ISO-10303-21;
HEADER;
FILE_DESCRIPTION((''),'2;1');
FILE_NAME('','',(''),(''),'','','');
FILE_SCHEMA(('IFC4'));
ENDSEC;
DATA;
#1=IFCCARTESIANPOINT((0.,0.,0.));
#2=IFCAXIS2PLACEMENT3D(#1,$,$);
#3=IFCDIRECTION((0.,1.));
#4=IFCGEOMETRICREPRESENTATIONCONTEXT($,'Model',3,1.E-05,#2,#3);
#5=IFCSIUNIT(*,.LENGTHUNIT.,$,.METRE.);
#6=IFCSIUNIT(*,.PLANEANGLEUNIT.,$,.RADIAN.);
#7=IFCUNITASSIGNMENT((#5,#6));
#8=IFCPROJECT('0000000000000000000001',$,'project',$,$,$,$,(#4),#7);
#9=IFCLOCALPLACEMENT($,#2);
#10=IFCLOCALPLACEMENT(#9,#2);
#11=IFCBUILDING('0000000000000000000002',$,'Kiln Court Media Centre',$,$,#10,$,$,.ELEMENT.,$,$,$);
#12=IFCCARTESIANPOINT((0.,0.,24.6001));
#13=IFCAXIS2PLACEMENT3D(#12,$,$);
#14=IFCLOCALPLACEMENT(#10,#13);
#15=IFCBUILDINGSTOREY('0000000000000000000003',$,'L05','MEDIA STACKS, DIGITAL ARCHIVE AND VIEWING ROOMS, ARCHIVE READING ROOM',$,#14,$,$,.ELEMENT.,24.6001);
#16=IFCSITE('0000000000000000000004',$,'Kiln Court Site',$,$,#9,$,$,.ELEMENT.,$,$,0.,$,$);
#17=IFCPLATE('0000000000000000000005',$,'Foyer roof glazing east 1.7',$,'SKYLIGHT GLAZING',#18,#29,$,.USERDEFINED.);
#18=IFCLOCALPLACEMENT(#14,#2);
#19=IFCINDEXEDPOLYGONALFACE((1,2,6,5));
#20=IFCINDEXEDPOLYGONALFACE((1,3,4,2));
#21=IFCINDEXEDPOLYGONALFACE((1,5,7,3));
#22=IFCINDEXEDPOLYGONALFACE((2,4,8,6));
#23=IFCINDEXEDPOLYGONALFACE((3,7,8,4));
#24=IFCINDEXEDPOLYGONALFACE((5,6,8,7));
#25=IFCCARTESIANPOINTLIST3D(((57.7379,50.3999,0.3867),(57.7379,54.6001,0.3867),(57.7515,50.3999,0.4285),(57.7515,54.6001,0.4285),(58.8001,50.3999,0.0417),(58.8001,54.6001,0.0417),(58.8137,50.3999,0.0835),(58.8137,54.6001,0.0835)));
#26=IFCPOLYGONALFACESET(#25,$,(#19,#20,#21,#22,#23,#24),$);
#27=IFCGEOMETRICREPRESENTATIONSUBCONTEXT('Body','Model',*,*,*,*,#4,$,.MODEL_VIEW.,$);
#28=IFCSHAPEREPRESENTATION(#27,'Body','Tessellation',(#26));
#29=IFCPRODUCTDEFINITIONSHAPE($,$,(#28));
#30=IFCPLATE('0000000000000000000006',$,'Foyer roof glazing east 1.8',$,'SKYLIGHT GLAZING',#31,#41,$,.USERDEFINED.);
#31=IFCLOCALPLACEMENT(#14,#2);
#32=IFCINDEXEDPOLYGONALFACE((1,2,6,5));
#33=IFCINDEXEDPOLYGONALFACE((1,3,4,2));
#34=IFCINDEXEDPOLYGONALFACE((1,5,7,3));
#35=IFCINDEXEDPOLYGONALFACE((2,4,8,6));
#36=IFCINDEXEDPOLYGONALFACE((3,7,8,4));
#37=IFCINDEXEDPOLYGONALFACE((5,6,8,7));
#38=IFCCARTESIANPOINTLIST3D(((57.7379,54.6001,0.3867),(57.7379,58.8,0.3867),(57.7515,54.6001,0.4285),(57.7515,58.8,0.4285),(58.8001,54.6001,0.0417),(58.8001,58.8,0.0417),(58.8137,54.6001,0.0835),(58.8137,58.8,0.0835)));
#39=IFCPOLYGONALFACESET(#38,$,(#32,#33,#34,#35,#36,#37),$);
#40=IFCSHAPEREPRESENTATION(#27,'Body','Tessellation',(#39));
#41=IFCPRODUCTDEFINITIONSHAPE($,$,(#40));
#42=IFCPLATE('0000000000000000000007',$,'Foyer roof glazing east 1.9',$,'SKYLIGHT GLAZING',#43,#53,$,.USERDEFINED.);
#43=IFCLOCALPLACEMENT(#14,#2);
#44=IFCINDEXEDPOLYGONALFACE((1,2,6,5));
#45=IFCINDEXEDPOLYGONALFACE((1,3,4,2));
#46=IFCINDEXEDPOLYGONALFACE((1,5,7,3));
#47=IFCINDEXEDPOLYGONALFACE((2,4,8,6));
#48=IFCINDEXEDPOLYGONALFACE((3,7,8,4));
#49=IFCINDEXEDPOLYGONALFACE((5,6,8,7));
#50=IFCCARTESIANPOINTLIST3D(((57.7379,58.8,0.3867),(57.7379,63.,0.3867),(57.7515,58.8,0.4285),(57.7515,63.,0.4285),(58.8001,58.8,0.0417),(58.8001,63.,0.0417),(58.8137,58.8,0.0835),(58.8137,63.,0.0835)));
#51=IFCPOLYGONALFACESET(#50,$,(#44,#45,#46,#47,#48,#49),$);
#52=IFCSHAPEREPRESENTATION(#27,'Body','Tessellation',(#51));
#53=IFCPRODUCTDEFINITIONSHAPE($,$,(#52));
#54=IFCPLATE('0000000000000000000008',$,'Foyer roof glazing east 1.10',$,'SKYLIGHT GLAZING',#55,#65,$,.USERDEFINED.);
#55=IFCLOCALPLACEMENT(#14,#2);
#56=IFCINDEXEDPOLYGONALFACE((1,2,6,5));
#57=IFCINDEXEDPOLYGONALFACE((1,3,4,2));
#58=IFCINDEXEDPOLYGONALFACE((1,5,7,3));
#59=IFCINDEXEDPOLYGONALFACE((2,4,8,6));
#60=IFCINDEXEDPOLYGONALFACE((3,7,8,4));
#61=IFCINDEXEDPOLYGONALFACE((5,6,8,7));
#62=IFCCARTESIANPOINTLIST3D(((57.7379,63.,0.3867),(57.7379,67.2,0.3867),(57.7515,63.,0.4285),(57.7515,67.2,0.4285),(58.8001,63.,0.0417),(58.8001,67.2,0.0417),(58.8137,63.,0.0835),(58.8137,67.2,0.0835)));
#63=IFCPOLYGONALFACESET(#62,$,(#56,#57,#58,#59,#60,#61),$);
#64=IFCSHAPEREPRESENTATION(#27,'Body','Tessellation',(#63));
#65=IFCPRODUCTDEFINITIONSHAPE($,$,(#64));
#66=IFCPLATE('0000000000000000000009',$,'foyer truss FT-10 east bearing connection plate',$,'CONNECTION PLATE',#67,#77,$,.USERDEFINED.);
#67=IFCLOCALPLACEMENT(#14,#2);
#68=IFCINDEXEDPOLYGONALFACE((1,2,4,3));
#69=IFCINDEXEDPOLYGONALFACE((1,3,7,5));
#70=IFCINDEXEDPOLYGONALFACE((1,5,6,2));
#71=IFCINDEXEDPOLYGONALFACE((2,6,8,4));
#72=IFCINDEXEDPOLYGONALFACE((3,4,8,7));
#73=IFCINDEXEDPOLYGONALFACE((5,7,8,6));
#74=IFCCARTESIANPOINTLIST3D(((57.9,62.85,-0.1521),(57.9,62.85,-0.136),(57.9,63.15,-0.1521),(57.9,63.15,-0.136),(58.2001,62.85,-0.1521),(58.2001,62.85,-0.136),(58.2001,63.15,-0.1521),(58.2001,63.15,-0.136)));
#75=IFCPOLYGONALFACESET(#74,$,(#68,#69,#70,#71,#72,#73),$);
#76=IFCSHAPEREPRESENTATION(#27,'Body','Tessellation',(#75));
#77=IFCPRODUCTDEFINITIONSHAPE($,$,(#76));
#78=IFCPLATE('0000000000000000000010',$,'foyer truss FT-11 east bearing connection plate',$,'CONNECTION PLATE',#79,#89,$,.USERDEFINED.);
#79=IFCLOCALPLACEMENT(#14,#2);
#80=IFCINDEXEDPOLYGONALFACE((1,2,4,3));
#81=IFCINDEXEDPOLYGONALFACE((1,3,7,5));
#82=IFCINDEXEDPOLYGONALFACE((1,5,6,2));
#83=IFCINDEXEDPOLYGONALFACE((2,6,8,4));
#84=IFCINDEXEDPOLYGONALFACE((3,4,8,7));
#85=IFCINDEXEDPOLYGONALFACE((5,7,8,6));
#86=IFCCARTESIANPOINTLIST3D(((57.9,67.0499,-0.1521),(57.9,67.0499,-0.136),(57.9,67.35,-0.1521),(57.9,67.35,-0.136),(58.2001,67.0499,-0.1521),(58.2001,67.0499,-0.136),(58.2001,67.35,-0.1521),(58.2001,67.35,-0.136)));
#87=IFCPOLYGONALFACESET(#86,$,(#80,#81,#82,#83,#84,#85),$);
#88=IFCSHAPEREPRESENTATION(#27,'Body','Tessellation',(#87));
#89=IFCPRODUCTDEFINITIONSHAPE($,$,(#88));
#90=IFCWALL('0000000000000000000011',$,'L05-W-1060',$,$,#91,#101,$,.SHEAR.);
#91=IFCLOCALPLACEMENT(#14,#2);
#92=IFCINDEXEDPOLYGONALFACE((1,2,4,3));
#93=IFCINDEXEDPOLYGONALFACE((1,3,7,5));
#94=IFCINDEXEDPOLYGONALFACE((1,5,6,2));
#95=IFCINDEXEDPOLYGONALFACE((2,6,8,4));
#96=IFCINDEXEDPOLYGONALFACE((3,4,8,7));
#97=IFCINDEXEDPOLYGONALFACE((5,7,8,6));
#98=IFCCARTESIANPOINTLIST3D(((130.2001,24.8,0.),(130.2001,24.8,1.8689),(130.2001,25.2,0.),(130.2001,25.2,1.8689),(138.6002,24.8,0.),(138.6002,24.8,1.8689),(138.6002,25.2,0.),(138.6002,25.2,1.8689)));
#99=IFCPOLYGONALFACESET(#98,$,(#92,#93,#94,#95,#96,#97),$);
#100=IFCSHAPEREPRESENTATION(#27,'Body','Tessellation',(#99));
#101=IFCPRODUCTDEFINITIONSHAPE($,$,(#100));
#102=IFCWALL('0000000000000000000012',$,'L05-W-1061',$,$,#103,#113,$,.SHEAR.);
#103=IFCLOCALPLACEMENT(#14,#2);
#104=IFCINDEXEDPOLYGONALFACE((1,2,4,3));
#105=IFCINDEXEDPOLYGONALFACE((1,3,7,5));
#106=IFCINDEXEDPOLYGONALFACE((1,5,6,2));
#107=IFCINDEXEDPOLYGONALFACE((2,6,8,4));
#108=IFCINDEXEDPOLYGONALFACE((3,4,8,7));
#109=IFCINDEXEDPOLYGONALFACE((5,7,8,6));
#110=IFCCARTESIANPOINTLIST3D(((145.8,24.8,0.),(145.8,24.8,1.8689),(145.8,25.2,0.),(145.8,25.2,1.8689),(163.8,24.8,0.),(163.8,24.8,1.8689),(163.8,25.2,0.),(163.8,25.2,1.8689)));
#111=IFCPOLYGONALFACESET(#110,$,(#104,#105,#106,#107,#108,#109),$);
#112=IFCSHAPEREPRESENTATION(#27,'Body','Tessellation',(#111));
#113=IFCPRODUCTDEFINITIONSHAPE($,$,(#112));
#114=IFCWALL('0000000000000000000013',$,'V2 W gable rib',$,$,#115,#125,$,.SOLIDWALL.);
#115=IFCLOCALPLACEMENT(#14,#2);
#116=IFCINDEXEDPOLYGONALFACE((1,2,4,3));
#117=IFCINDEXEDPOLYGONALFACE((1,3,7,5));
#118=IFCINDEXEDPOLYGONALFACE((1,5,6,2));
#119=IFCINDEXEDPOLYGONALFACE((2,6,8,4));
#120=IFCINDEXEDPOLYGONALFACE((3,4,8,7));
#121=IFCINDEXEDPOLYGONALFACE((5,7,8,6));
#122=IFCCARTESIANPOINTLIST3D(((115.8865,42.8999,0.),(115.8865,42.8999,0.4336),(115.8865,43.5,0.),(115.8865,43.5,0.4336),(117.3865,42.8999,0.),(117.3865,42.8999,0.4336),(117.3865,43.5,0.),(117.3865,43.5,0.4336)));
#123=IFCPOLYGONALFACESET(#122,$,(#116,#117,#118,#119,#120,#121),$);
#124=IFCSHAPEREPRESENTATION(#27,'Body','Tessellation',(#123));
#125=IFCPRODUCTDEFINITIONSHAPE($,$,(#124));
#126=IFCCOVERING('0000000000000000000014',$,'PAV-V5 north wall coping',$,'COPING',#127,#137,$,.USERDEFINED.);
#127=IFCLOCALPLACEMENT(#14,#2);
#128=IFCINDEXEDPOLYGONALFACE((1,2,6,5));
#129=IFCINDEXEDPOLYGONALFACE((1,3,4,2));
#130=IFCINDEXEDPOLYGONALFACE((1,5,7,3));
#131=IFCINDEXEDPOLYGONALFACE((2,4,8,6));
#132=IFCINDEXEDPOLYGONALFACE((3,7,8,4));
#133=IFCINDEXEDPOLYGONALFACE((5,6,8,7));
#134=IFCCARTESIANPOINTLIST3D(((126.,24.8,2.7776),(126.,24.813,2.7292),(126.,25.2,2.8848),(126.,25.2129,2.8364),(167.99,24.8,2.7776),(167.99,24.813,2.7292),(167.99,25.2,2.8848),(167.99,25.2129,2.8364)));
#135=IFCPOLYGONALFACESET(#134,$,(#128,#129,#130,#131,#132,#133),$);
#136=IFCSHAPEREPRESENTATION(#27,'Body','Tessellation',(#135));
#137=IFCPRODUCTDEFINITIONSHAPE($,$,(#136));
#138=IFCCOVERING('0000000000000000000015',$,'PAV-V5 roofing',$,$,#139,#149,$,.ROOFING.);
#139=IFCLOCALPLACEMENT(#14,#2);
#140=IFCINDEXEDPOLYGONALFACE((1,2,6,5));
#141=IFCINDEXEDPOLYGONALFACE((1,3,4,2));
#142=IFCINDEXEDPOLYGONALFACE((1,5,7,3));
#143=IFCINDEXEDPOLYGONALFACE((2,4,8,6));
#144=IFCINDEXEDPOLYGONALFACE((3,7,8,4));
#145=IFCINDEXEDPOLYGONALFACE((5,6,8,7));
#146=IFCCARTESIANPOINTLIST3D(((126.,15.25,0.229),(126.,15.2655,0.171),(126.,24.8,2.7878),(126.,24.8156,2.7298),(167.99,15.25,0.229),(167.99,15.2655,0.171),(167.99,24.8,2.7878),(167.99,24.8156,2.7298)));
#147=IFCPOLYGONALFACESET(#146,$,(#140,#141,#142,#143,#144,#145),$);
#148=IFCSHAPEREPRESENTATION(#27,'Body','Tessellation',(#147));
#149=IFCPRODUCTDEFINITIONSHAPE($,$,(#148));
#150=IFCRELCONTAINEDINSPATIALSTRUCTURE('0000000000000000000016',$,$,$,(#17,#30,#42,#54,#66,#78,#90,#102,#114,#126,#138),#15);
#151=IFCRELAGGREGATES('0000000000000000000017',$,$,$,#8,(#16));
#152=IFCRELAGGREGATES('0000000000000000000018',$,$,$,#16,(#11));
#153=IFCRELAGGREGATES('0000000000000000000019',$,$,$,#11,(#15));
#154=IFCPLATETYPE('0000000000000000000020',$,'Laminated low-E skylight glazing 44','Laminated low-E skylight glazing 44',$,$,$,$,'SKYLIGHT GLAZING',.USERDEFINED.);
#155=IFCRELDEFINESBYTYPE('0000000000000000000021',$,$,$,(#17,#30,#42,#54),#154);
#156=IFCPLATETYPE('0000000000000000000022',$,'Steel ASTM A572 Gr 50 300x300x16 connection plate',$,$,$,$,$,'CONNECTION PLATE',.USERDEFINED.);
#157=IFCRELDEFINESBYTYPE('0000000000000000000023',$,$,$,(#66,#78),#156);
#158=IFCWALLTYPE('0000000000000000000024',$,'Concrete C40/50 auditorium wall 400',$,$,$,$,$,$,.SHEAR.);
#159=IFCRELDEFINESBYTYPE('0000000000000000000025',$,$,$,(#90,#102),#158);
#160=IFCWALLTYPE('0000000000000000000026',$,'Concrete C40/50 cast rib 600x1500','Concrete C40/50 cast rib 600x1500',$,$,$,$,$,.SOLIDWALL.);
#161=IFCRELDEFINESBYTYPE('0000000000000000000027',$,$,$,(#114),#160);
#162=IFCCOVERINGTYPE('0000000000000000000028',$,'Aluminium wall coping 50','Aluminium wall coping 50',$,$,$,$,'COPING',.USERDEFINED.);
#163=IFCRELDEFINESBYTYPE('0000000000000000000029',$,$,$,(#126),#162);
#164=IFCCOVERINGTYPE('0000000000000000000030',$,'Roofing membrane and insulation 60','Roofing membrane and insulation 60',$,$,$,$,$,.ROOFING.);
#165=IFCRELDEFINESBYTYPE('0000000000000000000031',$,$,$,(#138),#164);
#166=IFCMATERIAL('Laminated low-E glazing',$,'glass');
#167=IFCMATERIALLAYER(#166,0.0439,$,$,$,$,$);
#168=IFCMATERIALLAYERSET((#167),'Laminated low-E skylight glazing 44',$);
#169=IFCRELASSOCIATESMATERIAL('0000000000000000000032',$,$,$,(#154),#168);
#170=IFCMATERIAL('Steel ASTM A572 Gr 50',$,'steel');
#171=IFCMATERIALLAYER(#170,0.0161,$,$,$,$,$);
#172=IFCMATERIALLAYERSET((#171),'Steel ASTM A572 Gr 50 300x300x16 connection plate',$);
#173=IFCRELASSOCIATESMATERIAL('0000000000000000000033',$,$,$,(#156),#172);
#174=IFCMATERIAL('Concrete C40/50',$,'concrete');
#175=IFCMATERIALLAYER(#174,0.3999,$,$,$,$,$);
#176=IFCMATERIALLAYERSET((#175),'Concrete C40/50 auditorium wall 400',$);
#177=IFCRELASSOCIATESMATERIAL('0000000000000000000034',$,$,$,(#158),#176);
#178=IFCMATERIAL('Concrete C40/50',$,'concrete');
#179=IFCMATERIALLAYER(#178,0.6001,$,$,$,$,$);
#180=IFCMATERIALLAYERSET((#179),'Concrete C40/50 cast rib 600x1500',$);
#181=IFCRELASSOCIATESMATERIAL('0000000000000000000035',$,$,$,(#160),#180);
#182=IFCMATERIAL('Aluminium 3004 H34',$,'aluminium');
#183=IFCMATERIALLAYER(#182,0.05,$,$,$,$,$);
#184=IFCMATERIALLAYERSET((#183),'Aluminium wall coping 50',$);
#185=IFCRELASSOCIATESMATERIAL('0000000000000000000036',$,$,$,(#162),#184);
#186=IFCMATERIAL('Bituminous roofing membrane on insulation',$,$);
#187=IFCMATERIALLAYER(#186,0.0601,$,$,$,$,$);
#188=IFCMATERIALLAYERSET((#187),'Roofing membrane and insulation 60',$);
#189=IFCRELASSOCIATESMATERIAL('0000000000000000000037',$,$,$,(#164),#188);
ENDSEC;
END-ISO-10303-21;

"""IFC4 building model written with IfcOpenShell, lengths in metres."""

from ifc_helpers import new_model, si_unit, direction, frame, frame_2d, origin, origin_2d, place, context, subcontext, project, spatial, polyline, rectangle, outline, extrude, material, layer, layer_set, type_object, element, save


model = new_model("IFC4")

# Units and contexts
model_context = context("Model", 3, precision=1e-05, world=origin(), true_north=direction((0.0, 1.0)))
body_context = subcontext(model_context, "Body", "Model", "MODEL_VIEW")
ifc_project = project(units=[si_unit("LENGTHUNIT", "METRE"), si_unit("PLANEANGLEUNIT", "RADIAN")], contexts=[model_context])

# Site, building, storey
site_placement = place(None, origin())
site = spatial("IfcSite", under=ifc_project, at=site_placement, Name="Kiln Court Site", CompositionType="ELEMENT", RefElevation=0.0)
building_placement = place(site_placement, origin())
building = spatial("IfcBuilding", under=site, at=building_placement, Name="Kiln Court Media Centre", CompositionType="ELEMENT")
storey_placement = place(building_placement, frame((0.0, 0.0, 24.6001)))
storey = spatial("IfcBuildingStorey", under=building, at=storey_placement, Name="L05", Description="MEDIA STACKS, DIGITAL ARCHIVE AND VIEWING ROOMS, ARCHIVE READING ROOM", CompositionType="ELEMENT", Elevation=24.6001)

# Plates
ifc_material_1 = material(Name="Laminated low-E glazing", Category="glass")
ifc_layer_1 = layer(ifc_material_1, 0.0439)
ifc_layer_set_1 = layer_set([ifc_layer_1], Name="Laminated low-E skylight glazing 44")
plate_type_1 = type_object("IfcPlateType", Name="Laminated low-E skylight glazing 44", Description="Laminated low-E skylight glazing 44", ElementType="SKYLIGHT GLAZING", PredefinedType="USERDEFINED", material=ifc_layer_set_1)
plate_1_placement = place(storey_placement, frame((58.8137, 54.6001, 0.0835), z_axis=(0.308874, 0.0, 0.951103), x_axis=(-0.951103, 0.0, 0.308874)))
element("IfcPlate", 1, at=plate_1_placement, inside=storey, type_object=plate_type_1, Name="Foyer roof glazing east 1.7", ObjectType="SKYLIGHT GLAZING", PredefinedType="USERDEFINED", context=body_context, shape_type="SweptSolid", body=[
    extrude(outline(polyline([(0.0, 0.0), (1.1169, 0.0), (1.1169, 4.2002), (0.0, 4.2002), (0.0, 0.0)])), origin(), (0.0, 0.0, -1.0), 0.0439),
])
for number, where, z_axis, x_axis, name in (
    (2, (58.8137, 58.8, 0.0835), (0.308874, 0.0, 0.951103), (-0.951103, 0.0, 0.308874), "Foyer roof glazing east 1.8"),
    (3, (58.8137, 63.0, 0.0835), (0.308874, 0.0, 0.951103), (-0.951103, 0.0, 0.308874), "Foyer roof glazing east 1.9"),
    (4, (58.8137, 67.2, 0.0835), (0.308874, 0.0, 0.951103), (-0.951103, 0.0, 0.308874), "Foyer roof glazing east 1.10"),
):
    element("IfcPlate", number, at=place(storey_placement, frame(where, z_axis=z_axis, x_axis=x_axis)), inside=storey, type_object=plate_type_1, Name=name, ObjectType="SKYLIGHT GLAZING", PredefinedType="USERDEFINED", context=body_context, shape_type="SweptSolid", body=[
        extrude(outline(polyline([(0.0, 0.0), (1.1169, 0.0), (1.1169, 4.2), (0.0, 4.2), (0.0, 0.0)])), origin(), (0.0, 0.0, -1.0), 0.0439),
    ])
ifc_material_2 = material(Name="Steel ASTM A572 Gr 50", Category="steel")
ifc_layer_2 = layer(ifc_material_2, 0.0161)
ifc_layer_set_2 = layer_set([ifc_layer_2], Name="Steel ASTM A572 Gr 50 300x300x16 connection plate")
plate_type_2 = type_object("IfcPlateType", Name="Steel ASTM A572 Gr 50 300x300x16 connection plate", ElementType="CONNECTION PLATE", PredefinedType="USERDEFINED", material=ifc_layer_set_2)
for number, where, z_axis, x_axis, name in (
    (5, (58.05, 63.0, -0.1521), (0.0, 0.0, 1.0), (1.0, 0.0, 0.0), "foyer truss FT-10 east bearing connection plate"),
    (6, (58.05, 67.2, -0.1521), (0.0, 0.0, 1.0), (1.0, 0.0, 0.0), "foyer truss FT-11 east bearing connection plate"),
):
    element("IfcPlate", number, at=place(storey_placement, frame(where, z_axis=z_axis, x_axis=x_axis)), inside=storey, type_object=plate_type_2, Name=name, ObjectType="CONNECTION PLATE", PredefinedType="USERDEFINED", context=body_context, shape_type="SweptSolid", body=[
        extrude(rectangle(XDim=0.3, YDim=0.3, at=origin_2d()), origin(), (0.0, 0.0, 1.0), 0.0161),
    ])

# Walls
ifc_material_3 = material(Name="Concrete C40/50", Category="concrete")
ifc_layer_3 = layer(ifc_material_3, 0.3999)
ifc_layer_set_3 = layer_set([ifc_layer_3], Name="Concrete C40/50 auditorium wall 400")
wall_type_1 = type_object("IfcWallType", Name="Concrete C40/50 auditorium wall 400", PredefinedType="SHEAR", material=ifc_layer_set_3)
wall_1_placement = place(storey_placement, frame((130.2, 25.0, 0.0), z_axis=(0.0, 0.0, 1.0), x_axis=(1.0, 0.0, 0.0)))
element("IfcWall", 7, at=wall_1_placement, inside=storey, type_object=wall_type_1, Name="L05-W-1060", PredefinedType="SHEAR", context=body_context, shape_type="SweptSolid", body=[
    extrude(rectangle(XDim=8.4001, YDim=0.3999, at=frame_2d((4.2002, 0.0))), origin(), (0.0, 0.0, 1.0), 1.8689),
])
wall_2_placement = place(storey_placement, frame((145.8, 25.0, 0.0), z_axis=(0.0, 0.0, 1.0), x_axis=(1.0, 0.0, 0.0)))
element("IfcWall", 8, at=wall_2_placement, inside=storey, type_object=wall_type_1, Name="L05-W-1061", PredefinedType="SHEAR", context=body_context, shape_type="SweptSolid", body=[
    extrude(rectangle(XDim=18.0, YDim=0.3999, at=frame_2d((9.0, 0.0))), origin(), (0.0, 0.0, 1.0), 1.8689),
])
ifc_material_4 = material(Name="Concrete C40/50", Category="concrete")
ifc_layer_4 = layer(ifc_material_4, 0.6001)
ifc_layer_set_4 = layer_set([ifc_layer_4], Name="Concrete C40/50 cast rib 600x1500")
wall_type_2 = type_object("IfcWallType", Name="Concrete C40/50 cast rib 600x1500", Description="Concrete C40/50 cast rib 600x1500", PredefinedType="SOLIDWALL", material=ifc_layer_set_4)
wall_3_placement = place(storey_placement, frame((117.3865, 43.2, 0.0), z_axis=(0.0, 0.0, 1.0), x_axis=(-1.0, 0.0, 0.0)))
element("IfcWall", 9, at=wall_3_placement, inside=storey, type_object=wall_type_2, Name="V2 W gable rib", PredefinedType="SOLIDWALL", context=body_context, shape_type="SweptSolid", body=[
    extrude(rectangle(XDim=1.5, YDim=0.6001, at=frame_2d((0.75, 0.0))), origin(), (0.0, 0.0, 1.0), 0.4336),
])

# Coverings
ifc_material_5 = material(Name="Aluminium 3004 H34", Category="aluminium")
ifc_layer_5 = layer(ifc_material_5, 0.05)
ifc_layer_set_5 = layer_set([ifc_layer_5], Name="Aluminium wall coping 50")
covering_type_1 = type_object("IfcCoveringType", Name="Aluminium wall coping 50", Description="Aluminium wall coping 50", ElementType="COPING", PredefinedType="USERDEFINED", material=ifc_layer_set_5)
covering_1_placement = place(storey_placement, frame((126.0, 24.8, 2.7776), z_axis=(0.0, -0.258874, 0.965911), x_axis=(1.0, 0.0, 0.0)))
element("IfcCovering", 10, at=covering_1_placement, inside=storey, type_object=covering_type_1, Name="PAV-V5 north wall coping", ObjectType="COPING", PredefinedType="USERDEFINED", context=body_context, shape_type="SweptSolid", body=[
    extrude(outline(polyline([(0.0, 0.0), (41.99, 0.0), (41.99, 0.414), (0.0, 0.414), (0.0, 0.0)])), origin(), (0.0, 0.0, -1.0), 0.05),
])
ifc_material_6 = material(Name="Bituminous roofing membrane on insulation")
ifc_layer_6 = layer(ifc_material_6, 0.0601)
ifc_layer_set_6 = layer_set([ifc_layer_6], Name="Roofing membrane and insulation 60")
covering_type_2 = type_object("IfcCoveringType", Name="Roofing membrane and insulation 60", Description="Roofing membrane and insulation 60", PredefinedType="ROOFING", material=ifc_layer_set_6)
covering_2_placement = place(storey_placement, frame((126.0, 15.25, 0.229), z_axis=(0.0, -0.258811, 0.965928), x_axis=(1.0, 0.0, 0.0)))
element("IfcCovering", 11, at=covering_2_placement, inside=storey, type_object=covering_type_2, Name="PAV-V5 roofing", PredefinedType="ROOFING", context=body_context, shape_type="SweptSolid", body=[
    extrude(outline(polyline([(0.0, 0.0), (41.99, 0.0), (41.99, 9.8869), (0.0, 9.8869), (0.0, 0.0)])), origin(), (0.0, 0.0, -1.0), 0.0601),
])

save(model, "model.ifc")
